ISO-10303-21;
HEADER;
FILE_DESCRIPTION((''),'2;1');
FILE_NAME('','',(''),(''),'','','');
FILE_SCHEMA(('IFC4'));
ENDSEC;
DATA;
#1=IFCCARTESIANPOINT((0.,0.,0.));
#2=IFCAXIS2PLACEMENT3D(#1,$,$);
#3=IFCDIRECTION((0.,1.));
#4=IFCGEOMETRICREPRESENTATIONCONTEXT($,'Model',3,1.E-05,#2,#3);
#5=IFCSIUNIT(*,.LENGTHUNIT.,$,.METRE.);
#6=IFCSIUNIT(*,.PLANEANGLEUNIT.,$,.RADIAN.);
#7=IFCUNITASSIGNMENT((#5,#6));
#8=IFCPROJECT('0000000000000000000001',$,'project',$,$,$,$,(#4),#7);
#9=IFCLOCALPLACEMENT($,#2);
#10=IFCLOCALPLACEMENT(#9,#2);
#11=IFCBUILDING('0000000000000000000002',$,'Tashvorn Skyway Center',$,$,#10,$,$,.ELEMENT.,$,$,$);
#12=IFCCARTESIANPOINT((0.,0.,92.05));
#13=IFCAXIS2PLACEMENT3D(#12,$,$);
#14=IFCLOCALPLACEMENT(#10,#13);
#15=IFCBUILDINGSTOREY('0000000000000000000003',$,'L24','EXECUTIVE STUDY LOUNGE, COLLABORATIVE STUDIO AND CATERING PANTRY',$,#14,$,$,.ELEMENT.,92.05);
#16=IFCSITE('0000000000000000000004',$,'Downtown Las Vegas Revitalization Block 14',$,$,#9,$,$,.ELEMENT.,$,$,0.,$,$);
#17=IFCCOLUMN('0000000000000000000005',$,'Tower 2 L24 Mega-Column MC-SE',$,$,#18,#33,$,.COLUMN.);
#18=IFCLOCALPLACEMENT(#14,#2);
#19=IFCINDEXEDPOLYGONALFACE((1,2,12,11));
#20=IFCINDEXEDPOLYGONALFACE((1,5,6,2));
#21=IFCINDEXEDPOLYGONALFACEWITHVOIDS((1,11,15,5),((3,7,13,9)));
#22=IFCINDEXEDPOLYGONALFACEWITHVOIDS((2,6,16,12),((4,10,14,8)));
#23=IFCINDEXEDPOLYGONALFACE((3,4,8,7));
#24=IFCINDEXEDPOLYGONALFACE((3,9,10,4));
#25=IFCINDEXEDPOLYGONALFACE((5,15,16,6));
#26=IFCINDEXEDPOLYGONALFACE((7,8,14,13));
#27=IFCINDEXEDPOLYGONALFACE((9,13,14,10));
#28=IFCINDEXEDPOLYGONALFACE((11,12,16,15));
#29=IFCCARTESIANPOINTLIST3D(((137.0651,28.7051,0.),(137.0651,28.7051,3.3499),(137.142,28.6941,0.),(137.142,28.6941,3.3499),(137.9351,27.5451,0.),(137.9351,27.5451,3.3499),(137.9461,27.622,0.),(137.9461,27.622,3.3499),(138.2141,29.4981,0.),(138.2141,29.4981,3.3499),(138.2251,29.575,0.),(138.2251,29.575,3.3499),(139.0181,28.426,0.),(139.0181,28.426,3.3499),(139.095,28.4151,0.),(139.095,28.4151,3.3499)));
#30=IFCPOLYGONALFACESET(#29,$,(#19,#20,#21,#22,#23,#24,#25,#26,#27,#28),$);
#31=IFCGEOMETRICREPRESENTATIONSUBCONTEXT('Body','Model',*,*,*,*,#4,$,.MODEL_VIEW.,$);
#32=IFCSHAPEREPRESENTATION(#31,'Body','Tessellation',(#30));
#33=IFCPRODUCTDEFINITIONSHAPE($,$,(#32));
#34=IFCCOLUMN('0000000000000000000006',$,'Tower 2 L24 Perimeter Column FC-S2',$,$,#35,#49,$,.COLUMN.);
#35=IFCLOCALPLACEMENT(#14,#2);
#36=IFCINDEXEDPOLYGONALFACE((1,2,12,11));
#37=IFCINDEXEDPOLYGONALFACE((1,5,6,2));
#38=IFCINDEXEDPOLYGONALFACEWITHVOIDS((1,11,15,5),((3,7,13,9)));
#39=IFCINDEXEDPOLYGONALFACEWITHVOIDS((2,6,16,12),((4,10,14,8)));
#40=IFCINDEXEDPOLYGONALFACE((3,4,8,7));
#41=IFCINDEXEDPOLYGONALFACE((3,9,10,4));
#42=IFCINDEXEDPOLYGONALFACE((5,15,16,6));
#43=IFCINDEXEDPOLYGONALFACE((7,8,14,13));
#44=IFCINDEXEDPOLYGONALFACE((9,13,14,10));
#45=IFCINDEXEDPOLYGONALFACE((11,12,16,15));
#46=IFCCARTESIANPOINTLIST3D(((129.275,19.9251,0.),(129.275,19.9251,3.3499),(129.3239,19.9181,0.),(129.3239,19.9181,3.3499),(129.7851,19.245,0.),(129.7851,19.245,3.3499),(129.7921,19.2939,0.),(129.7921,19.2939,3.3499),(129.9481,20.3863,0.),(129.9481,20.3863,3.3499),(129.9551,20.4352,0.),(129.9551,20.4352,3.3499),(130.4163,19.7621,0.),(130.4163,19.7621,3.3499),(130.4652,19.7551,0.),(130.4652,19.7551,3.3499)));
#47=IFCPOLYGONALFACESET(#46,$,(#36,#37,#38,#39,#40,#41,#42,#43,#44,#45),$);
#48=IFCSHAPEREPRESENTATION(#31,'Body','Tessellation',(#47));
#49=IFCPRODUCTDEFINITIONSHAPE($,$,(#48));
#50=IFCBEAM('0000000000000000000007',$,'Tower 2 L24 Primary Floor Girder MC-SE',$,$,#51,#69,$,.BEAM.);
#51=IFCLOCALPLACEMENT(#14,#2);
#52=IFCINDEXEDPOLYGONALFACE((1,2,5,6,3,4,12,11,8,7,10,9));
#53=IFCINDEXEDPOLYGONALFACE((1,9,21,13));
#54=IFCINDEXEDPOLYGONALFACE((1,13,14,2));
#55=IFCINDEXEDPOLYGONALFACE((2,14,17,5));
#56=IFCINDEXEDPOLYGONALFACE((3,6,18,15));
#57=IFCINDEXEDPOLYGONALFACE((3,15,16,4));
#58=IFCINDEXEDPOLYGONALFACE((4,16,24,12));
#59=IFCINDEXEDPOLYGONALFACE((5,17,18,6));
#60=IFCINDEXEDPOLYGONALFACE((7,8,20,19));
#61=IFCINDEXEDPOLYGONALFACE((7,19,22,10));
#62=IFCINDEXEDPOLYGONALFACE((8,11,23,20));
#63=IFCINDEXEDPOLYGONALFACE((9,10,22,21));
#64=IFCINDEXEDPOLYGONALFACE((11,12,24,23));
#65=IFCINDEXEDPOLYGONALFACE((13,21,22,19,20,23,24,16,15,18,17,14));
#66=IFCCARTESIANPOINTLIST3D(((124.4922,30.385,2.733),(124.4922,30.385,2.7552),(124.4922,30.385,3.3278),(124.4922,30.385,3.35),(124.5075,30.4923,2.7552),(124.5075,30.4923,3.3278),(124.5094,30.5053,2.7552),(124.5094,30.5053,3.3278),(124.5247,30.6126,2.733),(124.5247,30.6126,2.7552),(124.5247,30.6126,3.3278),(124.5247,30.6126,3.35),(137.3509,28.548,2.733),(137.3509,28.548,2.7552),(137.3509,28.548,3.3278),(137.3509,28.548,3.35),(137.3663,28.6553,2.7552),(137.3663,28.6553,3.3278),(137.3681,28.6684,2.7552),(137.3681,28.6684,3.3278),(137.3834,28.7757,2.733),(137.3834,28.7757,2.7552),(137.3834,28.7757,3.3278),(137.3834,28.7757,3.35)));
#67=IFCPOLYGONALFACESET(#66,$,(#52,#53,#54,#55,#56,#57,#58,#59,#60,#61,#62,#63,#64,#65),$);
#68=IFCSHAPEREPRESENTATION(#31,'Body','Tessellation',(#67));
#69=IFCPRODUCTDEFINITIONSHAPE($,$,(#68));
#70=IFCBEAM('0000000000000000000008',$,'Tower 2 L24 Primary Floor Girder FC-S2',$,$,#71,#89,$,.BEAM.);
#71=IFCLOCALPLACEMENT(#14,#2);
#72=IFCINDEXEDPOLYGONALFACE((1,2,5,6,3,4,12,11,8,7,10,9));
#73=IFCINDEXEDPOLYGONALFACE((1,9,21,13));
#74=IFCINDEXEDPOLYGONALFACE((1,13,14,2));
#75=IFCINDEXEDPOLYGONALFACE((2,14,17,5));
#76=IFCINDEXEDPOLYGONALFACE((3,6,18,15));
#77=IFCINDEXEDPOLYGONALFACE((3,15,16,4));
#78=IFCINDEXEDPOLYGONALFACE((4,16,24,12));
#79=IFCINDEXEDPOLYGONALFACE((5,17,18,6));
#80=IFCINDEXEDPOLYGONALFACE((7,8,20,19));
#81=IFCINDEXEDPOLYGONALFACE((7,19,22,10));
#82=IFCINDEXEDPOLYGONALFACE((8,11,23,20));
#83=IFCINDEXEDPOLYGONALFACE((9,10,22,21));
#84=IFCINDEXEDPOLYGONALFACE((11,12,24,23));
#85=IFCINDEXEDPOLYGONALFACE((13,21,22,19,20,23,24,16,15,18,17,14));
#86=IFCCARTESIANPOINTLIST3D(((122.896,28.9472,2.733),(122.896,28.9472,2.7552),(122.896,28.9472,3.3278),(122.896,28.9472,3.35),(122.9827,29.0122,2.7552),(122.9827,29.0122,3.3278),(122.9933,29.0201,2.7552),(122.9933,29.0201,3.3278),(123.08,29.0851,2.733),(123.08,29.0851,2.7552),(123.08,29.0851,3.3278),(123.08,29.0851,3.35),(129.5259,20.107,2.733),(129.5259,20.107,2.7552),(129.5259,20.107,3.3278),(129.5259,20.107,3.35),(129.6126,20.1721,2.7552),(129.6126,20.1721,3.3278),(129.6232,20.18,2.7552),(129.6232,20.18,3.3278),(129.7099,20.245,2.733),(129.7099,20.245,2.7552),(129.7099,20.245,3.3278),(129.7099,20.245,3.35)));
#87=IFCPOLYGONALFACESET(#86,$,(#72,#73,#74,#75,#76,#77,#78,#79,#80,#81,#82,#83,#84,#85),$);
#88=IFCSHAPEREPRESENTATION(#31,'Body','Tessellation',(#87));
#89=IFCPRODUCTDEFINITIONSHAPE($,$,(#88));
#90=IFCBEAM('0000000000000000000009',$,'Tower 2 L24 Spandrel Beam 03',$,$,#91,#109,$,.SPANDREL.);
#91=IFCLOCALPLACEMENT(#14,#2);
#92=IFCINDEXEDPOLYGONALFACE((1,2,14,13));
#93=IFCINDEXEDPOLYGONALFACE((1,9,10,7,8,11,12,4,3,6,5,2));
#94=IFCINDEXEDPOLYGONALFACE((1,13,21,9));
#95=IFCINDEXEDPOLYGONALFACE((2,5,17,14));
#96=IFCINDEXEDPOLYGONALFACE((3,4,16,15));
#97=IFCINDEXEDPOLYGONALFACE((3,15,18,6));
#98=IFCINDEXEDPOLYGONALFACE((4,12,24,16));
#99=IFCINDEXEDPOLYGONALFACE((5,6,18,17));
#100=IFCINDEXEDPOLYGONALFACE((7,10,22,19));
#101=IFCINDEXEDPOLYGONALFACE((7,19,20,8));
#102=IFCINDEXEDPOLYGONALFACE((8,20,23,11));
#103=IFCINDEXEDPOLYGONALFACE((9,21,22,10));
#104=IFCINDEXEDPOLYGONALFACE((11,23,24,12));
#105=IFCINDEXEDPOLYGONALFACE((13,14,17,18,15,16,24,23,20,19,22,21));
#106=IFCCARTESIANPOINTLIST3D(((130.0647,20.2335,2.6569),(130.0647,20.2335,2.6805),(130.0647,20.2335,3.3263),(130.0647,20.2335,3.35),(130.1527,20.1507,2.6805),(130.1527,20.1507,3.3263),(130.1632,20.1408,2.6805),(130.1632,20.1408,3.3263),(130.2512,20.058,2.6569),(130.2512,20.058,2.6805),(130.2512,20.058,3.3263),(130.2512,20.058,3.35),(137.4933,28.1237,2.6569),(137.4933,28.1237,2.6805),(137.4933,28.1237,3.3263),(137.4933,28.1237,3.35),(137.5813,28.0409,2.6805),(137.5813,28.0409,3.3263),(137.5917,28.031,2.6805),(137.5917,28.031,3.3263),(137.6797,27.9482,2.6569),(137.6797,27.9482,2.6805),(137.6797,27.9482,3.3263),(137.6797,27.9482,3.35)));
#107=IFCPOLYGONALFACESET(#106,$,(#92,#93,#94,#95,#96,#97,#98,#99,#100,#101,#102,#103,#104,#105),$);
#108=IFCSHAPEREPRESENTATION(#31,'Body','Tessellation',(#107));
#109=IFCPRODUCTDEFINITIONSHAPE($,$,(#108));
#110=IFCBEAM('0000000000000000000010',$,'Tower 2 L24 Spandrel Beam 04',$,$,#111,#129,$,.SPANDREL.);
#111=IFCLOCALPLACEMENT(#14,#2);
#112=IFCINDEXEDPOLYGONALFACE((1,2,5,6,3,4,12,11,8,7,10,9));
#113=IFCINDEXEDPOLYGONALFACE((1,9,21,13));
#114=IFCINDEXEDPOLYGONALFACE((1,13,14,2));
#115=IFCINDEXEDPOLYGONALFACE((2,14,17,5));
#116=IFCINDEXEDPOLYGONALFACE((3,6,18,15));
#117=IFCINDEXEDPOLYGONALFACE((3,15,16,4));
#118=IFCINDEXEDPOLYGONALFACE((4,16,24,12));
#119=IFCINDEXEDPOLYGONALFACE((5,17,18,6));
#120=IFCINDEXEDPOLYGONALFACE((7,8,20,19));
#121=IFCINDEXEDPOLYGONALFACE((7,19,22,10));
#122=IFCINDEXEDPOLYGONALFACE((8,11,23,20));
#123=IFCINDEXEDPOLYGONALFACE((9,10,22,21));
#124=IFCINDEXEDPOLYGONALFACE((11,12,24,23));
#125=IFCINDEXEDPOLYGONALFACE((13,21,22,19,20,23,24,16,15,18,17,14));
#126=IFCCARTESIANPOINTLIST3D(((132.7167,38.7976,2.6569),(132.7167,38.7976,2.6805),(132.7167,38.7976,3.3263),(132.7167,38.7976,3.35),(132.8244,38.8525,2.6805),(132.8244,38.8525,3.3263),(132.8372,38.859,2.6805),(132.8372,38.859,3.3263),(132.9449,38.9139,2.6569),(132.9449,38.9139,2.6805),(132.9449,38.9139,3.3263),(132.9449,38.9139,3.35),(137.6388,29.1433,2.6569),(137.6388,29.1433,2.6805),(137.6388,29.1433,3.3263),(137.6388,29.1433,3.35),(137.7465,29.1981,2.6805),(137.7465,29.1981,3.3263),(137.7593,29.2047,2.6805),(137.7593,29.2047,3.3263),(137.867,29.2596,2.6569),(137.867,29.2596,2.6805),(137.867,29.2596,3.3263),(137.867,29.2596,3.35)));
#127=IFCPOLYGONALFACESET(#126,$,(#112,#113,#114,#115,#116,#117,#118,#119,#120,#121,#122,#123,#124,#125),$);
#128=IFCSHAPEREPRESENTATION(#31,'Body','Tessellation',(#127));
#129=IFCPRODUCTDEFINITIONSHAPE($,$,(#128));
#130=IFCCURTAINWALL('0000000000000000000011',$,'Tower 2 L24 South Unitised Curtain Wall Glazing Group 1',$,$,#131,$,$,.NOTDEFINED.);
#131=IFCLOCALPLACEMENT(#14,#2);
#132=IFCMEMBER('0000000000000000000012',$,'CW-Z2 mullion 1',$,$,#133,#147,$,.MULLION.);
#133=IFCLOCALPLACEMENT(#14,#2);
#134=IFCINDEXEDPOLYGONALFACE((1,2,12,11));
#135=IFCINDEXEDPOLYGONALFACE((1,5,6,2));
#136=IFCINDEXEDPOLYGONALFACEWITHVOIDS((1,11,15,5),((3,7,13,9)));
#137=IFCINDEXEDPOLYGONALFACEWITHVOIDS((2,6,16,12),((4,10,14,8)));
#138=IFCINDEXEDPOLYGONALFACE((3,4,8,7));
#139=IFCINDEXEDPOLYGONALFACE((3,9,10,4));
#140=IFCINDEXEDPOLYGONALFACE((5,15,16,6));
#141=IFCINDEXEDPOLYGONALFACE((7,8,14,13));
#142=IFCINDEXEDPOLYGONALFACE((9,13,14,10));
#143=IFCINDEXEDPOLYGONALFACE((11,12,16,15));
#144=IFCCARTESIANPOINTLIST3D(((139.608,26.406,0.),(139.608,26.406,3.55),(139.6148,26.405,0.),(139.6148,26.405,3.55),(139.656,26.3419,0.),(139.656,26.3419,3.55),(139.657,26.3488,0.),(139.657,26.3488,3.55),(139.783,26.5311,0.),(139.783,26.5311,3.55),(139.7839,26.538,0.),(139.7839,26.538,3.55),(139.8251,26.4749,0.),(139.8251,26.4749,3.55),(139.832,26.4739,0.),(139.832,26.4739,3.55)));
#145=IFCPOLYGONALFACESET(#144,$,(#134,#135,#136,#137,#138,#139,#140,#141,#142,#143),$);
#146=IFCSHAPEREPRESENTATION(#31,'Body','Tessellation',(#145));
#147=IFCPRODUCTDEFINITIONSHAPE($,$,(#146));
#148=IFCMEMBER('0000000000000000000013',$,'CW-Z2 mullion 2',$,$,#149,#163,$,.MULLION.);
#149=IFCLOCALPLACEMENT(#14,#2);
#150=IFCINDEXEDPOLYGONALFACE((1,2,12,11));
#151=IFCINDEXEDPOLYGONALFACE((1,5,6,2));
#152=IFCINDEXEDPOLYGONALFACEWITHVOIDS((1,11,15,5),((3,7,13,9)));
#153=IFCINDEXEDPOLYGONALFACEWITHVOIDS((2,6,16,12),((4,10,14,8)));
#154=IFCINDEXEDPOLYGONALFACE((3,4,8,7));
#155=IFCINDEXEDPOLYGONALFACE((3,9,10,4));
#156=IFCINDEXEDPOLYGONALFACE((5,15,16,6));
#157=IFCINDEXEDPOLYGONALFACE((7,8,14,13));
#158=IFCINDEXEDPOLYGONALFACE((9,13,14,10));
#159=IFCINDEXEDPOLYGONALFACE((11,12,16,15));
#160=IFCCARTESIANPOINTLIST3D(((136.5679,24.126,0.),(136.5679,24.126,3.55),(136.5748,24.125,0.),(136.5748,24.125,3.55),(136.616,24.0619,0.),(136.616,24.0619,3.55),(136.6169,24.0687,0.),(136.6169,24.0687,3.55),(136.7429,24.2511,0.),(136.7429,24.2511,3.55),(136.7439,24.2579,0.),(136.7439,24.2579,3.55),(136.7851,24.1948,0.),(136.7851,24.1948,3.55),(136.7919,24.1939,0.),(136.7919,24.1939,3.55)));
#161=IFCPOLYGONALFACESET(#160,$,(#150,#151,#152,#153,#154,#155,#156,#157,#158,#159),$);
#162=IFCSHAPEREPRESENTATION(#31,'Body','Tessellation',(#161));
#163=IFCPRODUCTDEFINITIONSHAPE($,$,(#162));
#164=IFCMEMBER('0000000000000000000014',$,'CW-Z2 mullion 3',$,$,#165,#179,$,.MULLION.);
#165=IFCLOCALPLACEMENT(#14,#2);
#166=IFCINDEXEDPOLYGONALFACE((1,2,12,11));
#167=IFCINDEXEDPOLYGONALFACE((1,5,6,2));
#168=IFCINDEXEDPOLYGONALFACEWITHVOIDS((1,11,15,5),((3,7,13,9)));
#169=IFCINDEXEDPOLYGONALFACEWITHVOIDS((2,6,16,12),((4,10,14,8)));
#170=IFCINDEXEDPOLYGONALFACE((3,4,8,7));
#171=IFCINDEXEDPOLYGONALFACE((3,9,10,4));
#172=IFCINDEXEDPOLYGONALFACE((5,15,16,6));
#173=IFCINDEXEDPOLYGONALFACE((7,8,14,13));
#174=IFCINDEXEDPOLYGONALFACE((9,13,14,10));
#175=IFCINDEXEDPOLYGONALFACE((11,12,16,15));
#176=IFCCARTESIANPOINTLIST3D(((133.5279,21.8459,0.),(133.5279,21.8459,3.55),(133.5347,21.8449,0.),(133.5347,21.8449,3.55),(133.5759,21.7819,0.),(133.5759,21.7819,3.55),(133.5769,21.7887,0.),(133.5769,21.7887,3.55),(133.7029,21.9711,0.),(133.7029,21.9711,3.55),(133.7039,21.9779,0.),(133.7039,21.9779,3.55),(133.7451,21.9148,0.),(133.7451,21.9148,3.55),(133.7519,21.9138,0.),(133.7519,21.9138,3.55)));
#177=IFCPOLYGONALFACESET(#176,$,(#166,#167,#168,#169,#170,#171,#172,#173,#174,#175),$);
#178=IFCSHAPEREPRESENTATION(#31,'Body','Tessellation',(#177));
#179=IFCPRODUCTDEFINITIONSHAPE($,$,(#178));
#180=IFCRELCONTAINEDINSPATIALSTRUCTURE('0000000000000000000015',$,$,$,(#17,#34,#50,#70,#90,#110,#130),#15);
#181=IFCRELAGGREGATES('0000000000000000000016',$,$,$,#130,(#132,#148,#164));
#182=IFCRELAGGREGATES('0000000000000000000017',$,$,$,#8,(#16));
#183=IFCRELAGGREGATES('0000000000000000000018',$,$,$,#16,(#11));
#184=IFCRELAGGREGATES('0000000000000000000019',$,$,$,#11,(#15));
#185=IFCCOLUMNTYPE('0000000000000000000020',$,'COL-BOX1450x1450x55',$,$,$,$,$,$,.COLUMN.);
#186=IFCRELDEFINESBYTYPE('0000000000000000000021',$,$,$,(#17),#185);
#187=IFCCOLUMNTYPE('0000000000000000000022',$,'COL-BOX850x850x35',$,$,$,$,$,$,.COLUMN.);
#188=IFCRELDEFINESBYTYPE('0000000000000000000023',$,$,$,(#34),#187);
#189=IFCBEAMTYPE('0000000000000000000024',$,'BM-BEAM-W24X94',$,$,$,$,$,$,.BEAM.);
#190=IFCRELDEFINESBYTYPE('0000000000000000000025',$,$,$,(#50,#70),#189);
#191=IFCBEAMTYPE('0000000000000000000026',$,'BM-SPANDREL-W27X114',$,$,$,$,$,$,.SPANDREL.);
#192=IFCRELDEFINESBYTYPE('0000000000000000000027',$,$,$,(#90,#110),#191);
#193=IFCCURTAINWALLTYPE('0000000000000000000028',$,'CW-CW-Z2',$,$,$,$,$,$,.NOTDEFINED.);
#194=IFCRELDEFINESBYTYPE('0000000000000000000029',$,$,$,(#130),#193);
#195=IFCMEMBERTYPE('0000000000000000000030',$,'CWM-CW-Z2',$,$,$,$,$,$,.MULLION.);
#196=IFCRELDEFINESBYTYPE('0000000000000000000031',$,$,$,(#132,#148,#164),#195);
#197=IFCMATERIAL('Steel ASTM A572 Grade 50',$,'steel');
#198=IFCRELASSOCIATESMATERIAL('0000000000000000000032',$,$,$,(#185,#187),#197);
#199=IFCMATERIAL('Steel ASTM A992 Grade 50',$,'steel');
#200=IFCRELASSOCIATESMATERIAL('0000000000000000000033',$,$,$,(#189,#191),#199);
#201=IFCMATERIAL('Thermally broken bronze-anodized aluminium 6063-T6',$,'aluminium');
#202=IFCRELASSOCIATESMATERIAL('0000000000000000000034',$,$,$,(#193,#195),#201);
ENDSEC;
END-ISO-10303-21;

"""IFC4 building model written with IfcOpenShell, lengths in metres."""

from ifc_helpers import new_model, si_unit, direction, frame, origin, origin_2d, place, context, subcontext, project, spatial, hollow_rectangle, i_section, extrude, material, material_profile, profile_set, type_object, element, aggregate, save


model = new_model("IFC4")

# Units and contexts
model_context = context("Model", 3, precision=1e-05, world=origin(), true_north=direction((0.0, 1.0)))
body_context = subcontext(model_context, "Body", "Model", "MODEL_VIEW")
ifc_project = project(units=[si_unit("LENGTHUNIT", "METRE"), si_unit("PLANEANGLEUNIT", "RADIAN")], contexts=[model_context])

# Site, building, storey
site_placement = place(None, origin())
site = spatial("IfcSite", under=ifc_project, at=site_placement, Name="Downtown Las Vegas Revitalization Block 14", CompositionType="ELEMENT", RefElevation=0.0)
building_placement = place(site_placement, origin())
building = spatial("IfcBuilding", under=site, at=building_placement, Name="Tashvorn Skyway Center", CompositionType="ELEMENT")
storey_placement = place(building_placement, frame((0.0, 0.0, 92.05)))
storey = spatial("IfcBuildingStorey", under=building, at=storey_placement, Name="L24", Description="EXECUTIVE STUDY LOUNGE, COLLABORATIVE STUDIO AND CATERING PANTRY", CompositionType="ELEMENT", Elevation=92.05)

# Columns
ifc_material_1 = material(Name="Steel ASTM A572 Grade 50", Category="steel")
ifc_material_profile_1 = material_profile(ifc_material_1, hollow_rectangle(XDim=1.45, YDim=1.45, WallThickness=0.0549, at=origin_2d()), Name="BOX1450x1450x55")
ifc_profile_set_1 = profile_set([ifc_material_profile_1], Name="Steel ASTM A572 Grade 50")
column_type_1 = type_object("IfcColumnType", Name="COL-BOX1450x1450x55", PredefinedType="COLUMN", material=ifc_profile_set_1)
column_1_placement = place(storey_placement, frame((138.0801, 28.5601, 0.0), z_axis=(0.0, 0.0, 1.0), x_axis=(0.8, 0.6, 0.0)))
element("IfcColumn", 1, at=column_1_placement, inside=storey, type_object=column_type_1, Name="Tower 2 L24 Mega-Column MC-SE", PredefinedType="COLUMN", context=body_context, shape_type="SweptSolid", body=[
    extrude(hollow_rectangle(XDim=1.45, YDim=1.45, WallThickness=0.0549, at=origin_2d()), origin(), (0.0, 0.0, 1.0), 3.3499),
])
ifc_material_profile_2 = material_profile(ifc_material_1, hollow_rectangle(XDim=0.8501, YDim=0.8501, WallThickness=0.0349, at=origin_2d()), Name="BOX850x850x35")
ifc_profile_set_2 = profile_set([ifc_material_profile_2], Name="Steel ASTM A572 Grade 50")
column_type_2 = type_object("IfcColumnType", Name="COL-BOX850x850x35", PredefinedType="COLUMN", material=ifc_profile_set_2)
column_2_placement = place(storey_placement, frame((129.8701, 19.8401, 0.0), z_axis=(0.0, 0.0, 1.0), x_axis=(0.8, 0.6, 0.0)))
element("IfcColumn", 2, at=column_2_placement, inside=storey, type_object=column_type_2, Name="Tower 2 L24 Perimeter Column FC-S2", PredefinedType="COLUMN", context=body_context, shape_type="SweptSolid", body=[
    extrude(hollow_rectangle(XDim=0.8501, YDim=0.8501, WallThickness=0.0349, at=origin_2d()), origin(), (0.0, 0.0, 1.0), 3.3499),
])

# Beams
ifc_material_2 = material(Name="Steel ASTM A992 Grade 50", Category="steel")
ifc_material_profile_3 = material_profile(ifc_material_2, i_section(OverallWidth=0.23, OverallDepth=0.6169, WebThickness=0.0132, FlangeThickness=0.0222, at=origin_2d()), Name="W24X94")
ifc_profile_set_3 = profile_set([ifc_material_profile_3], Name="Steel ASTM A992 Grade 50")
beam_type_1 = type_object("IfcBeamType", Name="BM-BEAM-W24X94", PredefinedType="BEAM", material=ifc_profile_set_3)
beam_1_placement = place(storey_placement, frame((137.3672, 28.6619, 3.0415), z_axis=(-0.98995, 0.141419, 0.0), x_axis=(-0.141419, -0.98995, 0.0)))
element("IfcBeam", 3, at=beam_1_placement, inside=storey, type_object=beam_type_1, Name="Tower 2 L24 Primary Floor Girder MC-SE", PredefinedType="BEAM", context=body_context, shape_type="SweptSolid", body=[
    extrude(i_section(OverallWidth=0.23, OverallDepth=0.6169, WebThickness=0.0132, FlangeThickness=0.0222, at=origin_2d()), origin(), (0.0, 0.0, 1.0), 12.9893),
])
beam_2_placement = place(storey_placement, frame((129.6179, 20.176, 3.0415), z_axis=(-0.599989, 0.800008, 0.0), x_axis=(-0.800008, -0.599989, 0.0)))
element("IfcBeam", 4, at=beam_2_placement, inside=storey, type_object=beam_type_1, Name="Tower 2 L24 Primary Floor Girder FC-S2", PredefinedType="BEAM", context=body_context, shape_type="SweptSolid", body=[
    extrude(i_section(OverallWidth=0.23, OverallDepth=0.6169, WebThickness=0.0132, FlangeThickness=0.0222, at=origin_2d()), origin(), (0.0, 0.0, 1.0), 11.05),
])
ifc_material_profile_4 = material_profile(ifc_material_2, i_section(OverallWidth=0.2561, OverallDepth=0.6931, WebThickness=0.0144, FlangeThickness=0.0237, at=origin_2d()), Name="W27X114")
ifc_profile_set_4 = profile_set([ifc_material_profile_4], Name="Steel ASTM A992 Grade 50")
beam_type_2 = type_object("IfcBeamType", Name="BM-SPANDREL-W27X114", PredefinedType="SPANDREL", material=ifc_profile_set_4)
beam_3_placement = place(storey_placement, frame((130.158, 20.1458, 3.0034), z_axis=(0.685485, 0.728087, 0.0), x_axis=(-0.728087, 0.685485, 0.0)))
element("IfcBeam", 5, at=beam_3_placement, inside=storey, type_object=beam_type_2, Name="Tower 2 L24 Spandrel Beam 03", PredefinedType="SPANDREL", context=body_context, shape_type="SweptSolid", body=[
    extrude(i_section(OverallWidth=0.2561, OverallDepth=0.6931, WebThickness=0.0144, FlangeThickness=0.0237, at=origin_2d()), origin(), (0.0, 0.0, 1.0), 10.8369),
])
beam_4_placement = place(storey_placement, frame((137.7529, 29.2014, 3.0034), z_axis=(-0.454211, 0.890894, 0.0), x_axis=(-0.890894, -0.454211, 0.0)))
element("IfcBeam", 6, at=beam_4_placement, inside=storey, type_object=beam_type_2, Name="Tower 2 L24 Spandrel Beam 04", PredefinedType="SPANDREL", context=body_context, shape_type="SweptSolid", body=[
    extrude(i_section(OverallWidth=0.2561, OverallDepth=0.6931, WebThickness=0.0144, FlangeThickness=0.0237, at=origin_2d()), origin(), (0.0, 0.0, 1.0), 10.8367),
])

# Curtain wall, members
ifc_material_3 = material(Name="Thermally broken bronze-anodized aluminium 6063-T6", Category="aluminium")
curtain_wall_type = type_object("IfcCurtainWallType", Name="CW-CW-Z2", PredefinedType="NOTDEFINED", material=ifc_material_3)
curtain_wall_1_placement = place(storey_placement, origin())
curtain_wall_1 = element("IfcCurtainWall", 7, at=curtain_wall_1_placement, inside=storey, type_object=curtain_wall_type, Name="Tower 2 L24 South Unitised Curtain Wall Glazing Group 1", PredefinedType="NOTDEFINED")
ifc_material_profile_5 = material_profile(ifc_material_3, hollow_rectangle(XDim=0.0801, YDim=0.22, WallThickness=0.0049, at=origin_2d()), Name="ALU-MULL-80x220")
ifc_profile_set_5 = profile_set([ifc_material_profile_5], Name="Thermally broken bronze-anodized aluminium 6063-T6")
member_type_1 = type_object("IfcMemberType", Name="CWM-CW-Z2", PredefinedType="MULLION", material=ifc_profile_set_5)
member_1_placement = place(storey_placement, frame((139.72, 26.4399, 0.0), z_axis=(0.0, 0.0, 1.0), x_axis=(0.6, -0.8, 0.0)))
member_1 = element("IfcMember", 8, at=member_1_placement, type_object=member_type_1, Name="CW-Z2 mullion 1", PredefinedType="MULLION", context=body_context, shape_type="SweptSolid", body=[
    extrude(hollow_rectangle(XDim=0.0801, YDim=0.22, WallThickness=0.0049, at=origin_2d()), origin(), (0.0, 0.0, 1.0), 3.55),
])
member_2_placement = place(storey_placement, frame((136.6799, 24.1599, 0.0), z_axis=(0.0, 0.0, 1.0), x_axis=(0.6, -0.8, 0.0)))
member_2 = element("IfcMember", 9, at=member_2_placement, type_object=member_type_1, Name="CW-Z2 mullion 2", PredefinedType="MULLION", context=body_context, shape_type="SweptSolid", body=[
    extrude(hollow_rectangle(XDim=0.0801, YDim=0.22, WallThickness=0.0049, at=origin_2d()), origin(), (0.0, 0.0, 1.0), 3.55),
])
member_3_placement = place(storey_placement, frame((133.6399, 21.8799, 0.0), z_axis=(0.0, 0.0, 1.0), x_axis=(0.6, -0.8, 0.0)))
member_3 = element("IfcMember", 10, at=member_3_placement, type_object=member_type_1, Name="CW-Z2 mullion 3", PredefinedType="MULLION", context=body_context, shape_type="SweptSolid", body=[
    extrude(hollow_rectangle(XDim=0.0801, YDim=0.22, WallThickness=0.0049, at=origin_2d()), origin(), (0.0, 0.0, 1.0), 3.55),
])

aggregate(curtain_wall_1, [member_1, member_2, member_3])

save(model, "model.ifc")
